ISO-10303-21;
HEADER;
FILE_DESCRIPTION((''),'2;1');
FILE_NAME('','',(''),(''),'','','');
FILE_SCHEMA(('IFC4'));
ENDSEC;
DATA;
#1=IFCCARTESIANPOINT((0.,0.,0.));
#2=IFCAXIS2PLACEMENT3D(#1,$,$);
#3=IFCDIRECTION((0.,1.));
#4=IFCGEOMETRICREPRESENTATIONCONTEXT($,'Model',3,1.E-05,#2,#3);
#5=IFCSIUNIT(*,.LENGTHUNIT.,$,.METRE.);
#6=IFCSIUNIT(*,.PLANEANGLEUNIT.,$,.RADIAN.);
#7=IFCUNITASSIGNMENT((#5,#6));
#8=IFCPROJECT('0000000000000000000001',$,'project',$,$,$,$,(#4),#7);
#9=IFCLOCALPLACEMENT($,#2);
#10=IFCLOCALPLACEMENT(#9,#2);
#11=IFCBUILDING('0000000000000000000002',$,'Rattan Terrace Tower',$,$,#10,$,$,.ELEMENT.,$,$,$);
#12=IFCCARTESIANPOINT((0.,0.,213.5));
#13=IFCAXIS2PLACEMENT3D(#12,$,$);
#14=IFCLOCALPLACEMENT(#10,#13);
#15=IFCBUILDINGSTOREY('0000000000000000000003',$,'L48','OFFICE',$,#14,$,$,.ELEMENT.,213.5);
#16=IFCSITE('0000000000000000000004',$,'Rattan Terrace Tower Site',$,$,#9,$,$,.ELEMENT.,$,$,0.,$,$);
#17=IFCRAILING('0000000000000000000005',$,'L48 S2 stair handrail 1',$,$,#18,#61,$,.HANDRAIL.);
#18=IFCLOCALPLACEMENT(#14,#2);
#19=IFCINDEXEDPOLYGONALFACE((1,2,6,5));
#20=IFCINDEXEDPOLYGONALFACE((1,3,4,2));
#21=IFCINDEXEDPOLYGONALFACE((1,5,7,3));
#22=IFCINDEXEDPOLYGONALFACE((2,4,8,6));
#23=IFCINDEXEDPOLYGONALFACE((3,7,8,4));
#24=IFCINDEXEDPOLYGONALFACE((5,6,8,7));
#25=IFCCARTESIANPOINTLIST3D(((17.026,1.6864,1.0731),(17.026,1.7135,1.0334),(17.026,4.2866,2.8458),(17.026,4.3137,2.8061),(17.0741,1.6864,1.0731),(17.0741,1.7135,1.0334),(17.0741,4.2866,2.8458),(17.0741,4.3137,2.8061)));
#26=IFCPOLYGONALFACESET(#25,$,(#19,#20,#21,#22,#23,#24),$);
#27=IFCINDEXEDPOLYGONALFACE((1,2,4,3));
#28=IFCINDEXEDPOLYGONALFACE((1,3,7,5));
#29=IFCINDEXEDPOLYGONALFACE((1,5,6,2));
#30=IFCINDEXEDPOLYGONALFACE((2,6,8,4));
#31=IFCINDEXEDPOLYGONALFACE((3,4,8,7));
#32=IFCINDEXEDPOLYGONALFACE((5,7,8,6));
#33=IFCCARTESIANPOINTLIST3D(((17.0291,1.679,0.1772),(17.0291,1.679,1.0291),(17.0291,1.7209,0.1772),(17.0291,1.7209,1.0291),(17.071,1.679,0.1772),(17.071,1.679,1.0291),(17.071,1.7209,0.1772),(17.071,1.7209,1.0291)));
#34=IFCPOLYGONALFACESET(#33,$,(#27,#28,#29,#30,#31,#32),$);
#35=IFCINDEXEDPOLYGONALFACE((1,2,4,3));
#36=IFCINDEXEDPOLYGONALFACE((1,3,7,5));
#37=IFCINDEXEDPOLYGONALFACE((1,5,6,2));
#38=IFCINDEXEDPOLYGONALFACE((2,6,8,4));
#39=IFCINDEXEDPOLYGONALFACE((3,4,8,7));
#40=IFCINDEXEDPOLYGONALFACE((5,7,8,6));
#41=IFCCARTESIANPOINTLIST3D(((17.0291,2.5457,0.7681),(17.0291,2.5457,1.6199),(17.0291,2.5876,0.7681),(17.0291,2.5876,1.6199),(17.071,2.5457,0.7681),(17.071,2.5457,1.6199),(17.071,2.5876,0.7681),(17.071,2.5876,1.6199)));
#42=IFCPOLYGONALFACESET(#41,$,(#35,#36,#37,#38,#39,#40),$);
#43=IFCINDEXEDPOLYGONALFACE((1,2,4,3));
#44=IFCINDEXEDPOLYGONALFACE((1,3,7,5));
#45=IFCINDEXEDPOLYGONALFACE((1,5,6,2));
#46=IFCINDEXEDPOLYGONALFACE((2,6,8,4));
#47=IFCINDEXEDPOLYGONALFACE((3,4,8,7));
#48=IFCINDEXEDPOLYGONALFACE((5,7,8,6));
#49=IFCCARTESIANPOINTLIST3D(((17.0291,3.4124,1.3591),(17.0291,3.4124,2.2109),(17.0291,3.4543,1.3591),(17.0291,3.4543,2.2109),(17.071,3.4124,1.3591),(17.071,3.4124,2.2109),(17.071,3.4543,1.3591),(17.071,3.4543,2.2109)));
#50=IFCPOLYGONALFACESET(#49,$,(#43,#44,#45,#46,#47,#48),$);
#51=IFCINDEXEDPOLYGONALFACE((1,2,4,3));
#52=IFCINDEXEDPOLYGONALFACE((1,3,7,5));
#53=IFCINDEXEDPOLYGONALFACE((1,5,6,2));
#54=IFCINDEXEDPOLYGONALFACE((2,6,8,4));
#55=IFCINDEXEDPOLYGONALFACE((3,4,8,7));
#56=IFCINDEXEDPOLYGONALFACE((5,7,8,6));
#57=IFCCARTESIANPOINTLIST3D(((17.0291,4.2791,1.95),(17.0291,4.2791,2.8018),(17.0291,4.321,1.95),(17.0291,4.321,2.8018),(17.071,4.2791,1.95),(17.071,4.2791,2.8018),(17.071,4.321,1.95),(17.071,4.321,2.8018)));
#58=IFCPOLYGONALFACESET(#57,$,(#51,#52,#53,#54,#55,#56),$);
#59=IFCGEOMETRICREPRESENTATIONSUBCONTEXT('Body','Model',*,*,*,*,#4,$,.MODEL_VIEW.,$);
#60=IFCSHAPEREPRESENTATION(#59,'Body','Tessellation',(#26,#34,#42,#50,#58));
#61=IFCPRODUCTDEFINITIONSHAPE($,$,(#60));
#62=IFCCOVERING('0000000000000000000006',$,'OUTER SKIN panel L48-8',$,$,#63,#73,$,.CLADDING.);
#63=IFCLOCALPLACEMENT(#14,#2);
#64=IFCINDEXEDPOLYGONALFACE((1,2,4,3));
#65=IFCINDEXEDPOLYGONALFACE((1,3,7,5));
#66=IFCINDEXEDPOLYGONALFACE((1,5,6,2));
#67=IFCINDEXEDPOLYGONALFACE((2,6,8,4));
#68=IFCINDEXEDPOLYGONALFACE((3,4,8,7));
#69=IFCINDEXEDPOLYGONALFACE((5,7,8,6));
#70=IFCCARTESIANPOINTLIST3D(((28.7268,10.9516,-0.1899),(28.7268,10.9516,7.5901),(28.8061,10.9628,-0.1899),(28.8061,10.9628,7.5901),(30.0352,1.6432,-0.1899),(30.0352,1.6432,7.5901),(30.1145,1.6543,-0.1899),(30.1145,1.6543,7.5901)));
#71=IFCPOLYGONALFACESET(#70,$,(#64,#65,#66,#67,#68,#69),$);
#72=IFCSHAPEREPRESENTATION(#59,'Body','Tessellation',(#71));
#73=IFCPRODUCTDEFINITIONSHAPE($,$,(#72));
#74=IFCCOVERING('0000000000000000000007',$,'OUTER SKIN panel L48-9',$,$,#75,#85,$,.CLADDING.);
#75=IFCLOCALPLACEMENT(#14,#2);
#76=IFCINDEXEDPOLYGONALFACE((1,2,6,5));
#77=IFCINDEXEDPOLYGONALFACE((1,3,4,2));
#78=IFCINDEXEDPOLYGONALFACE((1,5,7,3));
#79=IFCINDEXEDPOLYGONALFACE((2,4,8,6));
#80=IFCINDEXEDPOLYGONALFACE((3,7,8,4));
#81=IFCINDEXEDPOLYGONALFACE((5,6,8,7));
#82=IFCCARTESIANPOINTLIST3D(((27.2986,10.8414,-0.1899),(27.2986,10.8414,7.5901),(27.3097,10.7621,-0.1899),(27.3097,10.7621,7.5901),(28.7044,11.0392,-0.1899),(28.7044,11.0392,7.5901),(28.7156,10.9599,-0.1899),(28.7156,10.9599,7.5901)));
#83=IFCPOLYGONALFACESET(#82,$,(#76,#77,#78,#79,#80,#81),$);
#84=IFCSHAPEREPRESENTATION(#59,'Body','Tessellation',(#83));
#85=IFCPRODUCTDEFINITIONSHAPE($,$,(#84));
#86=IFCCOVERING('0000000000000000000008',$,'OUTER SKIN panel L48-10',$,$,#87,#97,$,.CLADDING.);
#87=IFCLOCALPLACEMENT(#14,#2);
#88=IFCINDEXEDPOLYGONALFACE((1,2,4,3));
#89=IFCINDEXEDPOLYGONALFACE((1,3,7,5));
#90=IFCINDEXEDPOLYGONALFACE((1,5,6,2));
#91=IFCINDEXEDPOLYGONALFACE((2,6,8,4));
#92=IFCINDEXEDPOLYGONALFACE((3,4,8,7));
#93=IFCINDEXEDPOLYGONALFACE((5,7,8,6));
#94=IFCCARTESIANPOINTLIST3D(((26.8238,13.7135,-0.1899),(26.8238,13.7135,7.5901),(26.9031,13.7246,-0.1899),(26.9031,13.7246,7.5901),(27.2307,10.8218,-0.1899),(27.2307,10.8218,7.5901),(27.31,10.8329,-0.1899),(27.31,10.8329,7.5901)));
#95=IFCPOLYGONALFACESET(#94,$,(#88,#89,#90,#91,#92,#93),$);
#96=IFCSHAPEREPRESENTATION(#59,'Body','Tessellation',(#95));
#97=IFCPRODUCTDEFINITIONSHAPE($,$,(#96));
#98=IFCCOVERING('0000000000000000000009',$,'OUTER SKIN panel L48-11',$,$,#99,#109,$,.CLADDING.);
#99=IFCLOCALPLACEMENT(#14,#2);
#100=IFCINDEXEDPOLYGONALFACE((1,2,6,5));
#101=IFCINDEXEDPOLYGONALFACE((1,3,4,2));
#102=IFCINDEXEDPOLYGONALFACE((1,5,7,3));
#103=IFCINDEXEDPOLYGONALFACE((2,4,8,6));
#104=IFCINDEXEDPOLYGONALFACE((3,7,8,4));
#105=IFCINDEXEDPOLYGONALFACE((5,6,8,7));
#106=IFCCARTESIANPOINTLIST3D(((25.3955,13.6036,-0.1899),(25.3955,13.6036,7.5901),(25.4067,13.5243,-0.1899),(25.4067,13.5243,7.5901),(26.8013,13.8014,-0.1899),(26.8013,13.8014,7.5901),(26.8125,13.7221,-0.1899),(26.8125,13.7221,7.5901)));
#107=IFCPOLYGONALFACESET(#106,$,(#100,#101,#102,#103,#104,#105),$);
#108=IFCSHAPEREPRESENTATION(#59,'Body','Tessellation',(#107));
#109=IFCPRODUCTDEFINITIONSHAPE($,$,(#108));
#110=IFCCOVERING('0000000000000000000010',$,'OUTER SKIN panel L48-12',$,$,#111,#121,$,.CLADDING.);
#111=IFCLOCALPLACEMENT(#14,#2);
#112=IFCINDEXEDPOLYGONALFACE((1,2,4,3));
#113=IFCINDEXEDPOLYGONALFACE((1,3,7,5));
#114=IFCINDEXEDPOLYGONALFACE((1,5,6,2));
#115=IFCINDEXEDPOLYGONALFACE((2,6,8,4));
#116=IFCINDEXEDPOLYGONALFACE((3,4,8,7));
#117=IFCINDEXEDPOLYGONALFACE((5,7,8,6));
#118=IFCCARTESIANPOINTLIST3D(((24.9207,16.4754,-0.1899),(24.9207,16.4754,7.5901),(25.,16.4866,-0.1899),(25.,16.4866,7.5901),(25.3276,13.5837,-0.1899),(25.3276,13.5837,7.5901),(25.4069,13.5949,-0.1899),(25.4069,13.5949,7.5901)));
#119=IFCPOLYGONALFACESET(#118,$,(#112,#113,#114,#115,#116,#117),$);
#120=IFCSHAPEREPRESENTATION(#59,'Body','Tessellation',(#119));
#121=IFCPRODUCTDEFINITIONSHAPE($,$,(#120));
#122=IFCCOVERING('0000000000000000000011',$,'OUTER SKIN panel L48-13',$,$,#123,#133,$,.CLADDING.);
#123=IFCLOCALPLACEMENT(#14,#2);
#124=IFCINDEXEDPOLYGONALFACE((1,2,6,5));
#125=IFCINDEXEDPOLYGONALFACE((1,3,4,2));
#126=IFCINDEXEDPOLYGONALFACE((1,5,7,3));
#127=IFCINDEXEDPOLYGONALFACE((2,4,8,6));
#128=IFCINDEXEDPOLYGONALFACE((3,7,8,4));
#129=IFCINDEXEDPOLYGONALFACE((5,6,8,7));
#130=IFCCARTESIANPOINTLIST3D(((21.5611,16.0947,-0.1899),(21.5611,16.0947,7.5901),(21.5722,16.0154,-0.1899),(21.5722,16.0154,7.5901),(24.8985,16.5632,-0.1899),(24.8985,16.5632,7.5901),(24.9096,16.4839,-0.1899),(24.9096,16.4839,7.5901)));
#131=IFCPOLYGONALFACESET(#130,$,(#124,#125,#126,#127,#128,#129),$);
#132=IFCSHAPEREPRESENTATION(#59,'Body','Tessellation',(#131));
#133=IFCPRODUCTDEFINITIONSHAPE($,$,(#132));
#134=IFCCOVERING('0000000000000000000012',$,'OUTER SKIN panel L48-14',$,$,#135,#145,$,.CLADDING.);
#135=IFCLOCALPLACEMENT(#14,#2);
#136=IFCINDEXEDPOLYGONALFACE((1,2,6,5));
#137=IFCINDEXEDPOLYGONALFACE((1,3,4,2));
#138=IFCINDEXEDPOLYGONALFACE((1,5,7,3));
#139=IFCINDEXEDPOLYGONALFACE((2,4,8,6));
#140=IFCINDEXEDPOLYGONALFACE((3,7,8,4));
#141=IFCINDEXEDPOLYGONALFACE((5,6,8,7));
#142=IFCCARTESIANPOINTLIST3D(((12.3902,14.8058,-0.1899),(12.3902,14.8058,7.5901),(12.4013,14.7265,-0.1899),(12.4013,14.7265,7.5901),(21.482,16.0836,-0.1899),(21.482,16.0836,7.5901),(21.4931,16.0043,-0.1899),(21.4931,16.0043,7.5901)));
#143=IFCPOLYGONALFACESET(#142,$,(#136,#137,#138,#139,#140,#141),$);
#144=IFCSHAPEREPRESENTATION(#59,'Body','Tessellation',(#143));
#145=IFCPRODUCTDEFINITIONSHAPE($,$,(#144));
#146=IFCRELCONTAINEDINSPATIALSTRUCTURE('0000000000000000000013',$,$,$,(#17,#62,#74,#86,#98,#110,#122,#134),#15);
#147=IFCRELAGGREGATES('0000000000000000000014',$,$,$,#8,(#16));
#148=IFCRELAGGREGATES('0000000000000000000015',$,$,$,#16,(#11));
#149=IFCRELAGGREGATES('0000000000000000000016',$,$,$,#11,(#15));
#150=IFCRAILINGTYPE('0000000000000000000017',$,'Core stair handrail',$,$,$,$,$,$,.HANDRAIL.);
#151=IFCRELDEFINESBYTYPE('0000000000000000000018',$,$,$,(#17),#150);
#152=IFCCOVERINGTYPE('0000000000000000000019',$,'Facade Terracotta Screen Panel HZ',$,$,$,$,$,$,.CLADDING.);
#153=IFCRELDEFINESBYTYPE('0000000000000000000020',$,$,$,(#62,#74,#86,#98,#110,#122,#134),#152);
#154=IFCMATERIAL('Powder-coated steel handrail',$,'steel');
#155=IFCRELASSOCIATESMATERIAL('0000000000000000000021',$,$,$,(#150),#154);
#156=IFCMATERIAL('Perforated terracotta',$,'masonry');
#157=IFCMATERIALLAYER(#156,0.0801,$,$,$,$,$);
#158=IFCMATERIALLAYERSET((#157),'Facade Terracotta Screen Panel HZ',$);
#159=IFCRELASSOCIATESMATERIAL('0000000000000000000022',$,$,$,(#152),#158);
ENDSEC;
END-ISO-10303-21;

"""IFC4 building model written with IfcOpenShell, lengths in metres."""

from ifc_helpers import new_model, si_unit, direction, frame, origin, origin_2d, place, context, subcontext, project, spatial, rectangle, extrude, material, layer, layer_set, type_object, element, save


model = new_model("IFC4")

# Units and contexts
model_context = context("Model", 3, precision=1e-05, world=origin(), true_north=direction((0.0, 1.0)))
body_context = subcontext(model_context, "Body", "Model", "MODEL_VIEW")
ifc_project = project(units=[si_unit("LENGTHUNIT", "METRE"), si_unit("PLANEANGLEUNIT", "RADIAN")], contexts=[model_context])

# Site, building, storey
site_placement = place(None, origin())
site = spatial("IfcSite", under=ifc_project, at=site_placement, Name="Rattan Terrace Tower Site", CompositionType="ELEMENT", RefElevation=0.0)
building_placement = place(site_placement, origin())
building = spatial("IfcBuilding", under=site, at=building_placement, Name="Rattan Terrace Tower", CompositionType="ELEMENT")
storey_placement = place(building_placement, frame((0.0, 0.0, 213.5)))
storey = spatial("IfcBuildingStorey", under=building, at=storey_placement, Name="L48", Description="OFFICE", CompositionType="ELEMENT", Elevation=213.5)

# Railing
ifc_material_1 = material(Name="Powder-coated steel handrail", Category="steel")
railing_type_1 = type_object("IfcRailingType", Name="Core stair handrail", PredefinedType="HANDRAIL", material=ifc_material_1)
railing_1_placement = place(storey_placement, frame((17.05, 1.7, 0.1772)))
element("IfcRailing", 1, at=railing_1_placement, inside=storey, type_object=railing_type_1, Name="L48 S2 stair handrail 1", PredefinedType="HANDRAIL", context=body_context, shape_type="SweptSolid", body=[
    extrude(rectangle(XDim=0.0481, YDim=0.0481, at=origin_2d()), frame((0.0, 0.0, 0.876), z_axis=(0.0, 0.82624, 0.563318), x_axis=(-1.0, 0.0, 0.0)), (0.0, 0.0, 1.0), 3.147),
    extrude(rectangle(XDim=0.042, YDim=0.042, at=origin_2d()), origin(), (0.0, 0.0, 1.0), 0.8518),
    extrude(rectangle(XDim=0.042, YDim=0.042, at=origin_2d()), frame((0.0, 0.8667, 0.5908)), (0.0, 0.0, 1.0), 0.8518),
    extrude(rectangle(XDim=0.042, YDim=0.042, at=origin_2d()), frame((0.0, 1.7334, 1.1819)), (0.0, 0.0, 1.0), 0.8518),
    extrude(rectangle(XDim=0.042, YDim=0.042, at=origin_2d()), frame((0.0, 2.6001, 1.7727)), (0.0, 0.0, 1.0), 0.8518),
])

# Coverings
ifc_material_2 = material(Name="Perforated terracotta", Category="masonry")
ifc_layer_1 = layer(ifc_material_2, 0.0801)
ifc_layer_set_1 = layer_set([ifc_layer_1], Name="Facade Terracotta Screen Panel HZ")
covering_type = type_object("IfcCoveringType", Name="Facade Terracotta Screen Panel HZ", PredefinedType="CLADDING", material=ifc_layer_set_1)
covering_1_placement = place(storey_placement, frame((29.4207, 6.303, -0.1899), z_axis=(0.0, 0.0, 1.0), x_axis=(-0.139186, 0.990266, 0.0)))
element("IfcCovering", 2, at=covering_1_placement, inside=storey, type_object=covering_type, Name="OUTER SKIN panel L48-8", PredefinedType="CLADDING", context=body_context, shape_type="SweptSolid", body=[
    extrude(rectangle(XDim=9.3999, YDim=0.0801, at=origin_2d()), origin(), (0.0, 0.0, 1.0), 7.78),
])
covering_2_placement = place(storey_placement, frame((28.0071, 10.9006, -0.1899), z_axis=(0.0, 0.0, 1.0), x_axis=(-0.990241, -0.139367, 0.0)))
element("IfcCovering", 3, at=covering_2_placement, inside=storey, type_object=covering_type, Name="OUTER SKIN panel L48-9", PredefinedType="CLADDING", context=body_context, shape_type="SweptSolid", body=[
    extrude(rectangle(XDim=1.4197, YDim=0.0801, at=origin_2d()), origin(), (0.0, 0.0, 1.0), 7.78),
])
covering_3_placement = place(storey_placement, frame((27.0669, 12.2732, -0.1899), z_axis=(0.0, 0.0, 1.0), x_axis=(-0.139321, 0.990247, 0.0)))
element("IfcCovering", 4, at=covering_3_placement, inside=storey, type_object=covering_type, Name="OUTER SKIN panel L48-10", PredefinedType="CLADDING", context=body_context, shape_type="SweptSolid", body=[
    extrude(rectangle(XDim=2.9202, YDim=0.0801, at=origin_2d()), origin(), (0.0, 0.0, 1.0), 7.78),
])
covering_4_placement = place(storey_placement, frame((26.104, 13.6628, -0.1899), z_axis=(0.0, 0.0, 1.0), x_axis=(-0.990241, -0.139367, 0.0)))
element("IfcCovering", 5, at=covering_4_placement, inside=storey, type_object=covering_type, Name="OUTER SKIN panel L48-11", PredefinedType="CLADDING", context=body_context, shape_type="SweptSolid", body=[
    extrude(rectangle(XDim=1.4197, YDim=0.0801, at=origin_2d()), origin(), (0.0, 0.0, 1.0), 7.78),
])
covering_5_placement = place(storey_placement, frame((25.1638, 15.0352, -0.1899), z_axis=(0.0, 0.0, 1.0), x_axis=(-0.139321, 0.990247, 0.0)))
element("IfcCovering", 6, at=covering_5_placement, inside=storey, type_object=covering_type, Name="OUTER SKIN panel L48-12", PredefinedType="CLADDING", context=body_context, shape_type="SweptSolid", body=[
    extrude(rectangle(XDim=2.9202, YDim=0.0801, at=origin_2d()), origin(), (0.0, 0.0, 1.0), 7.78),
])
covering_6_placement = place(storey_placement, frame((23.2354, 16.2893, -0.1899), z_axis=(0.0, 0.0, 1.0), x_axis=(-0.990293, -0.138994, 0.0)))
element("IfcCovering", 7, at=covering_6_placement, inside=storey, type_object=covering_type, Name="OUTER SKIN panel L48-13", PredefinedType="CLADDING", context=body_context, shape_type="SweptSolid", body=[
    extrude(rectangle(XDim=3.3701, YDim=0.0801, at=origin_2d()), origin(), (0.0, 0.0, 1.0), 7.78),
])
covering_7_placement = place(storey_placement, frame((16.9417, 15.405, -0.1899), z_axis=(0.0, 0.0, 1.0), x_axis=(-0.990267, -0.139177, 0.0)))
element("IfcCovering", 8, at=covering_7_placement, inside=storey, type_object=covering_type, Name="OUTER SKIN panel L48-14", PredefinedType="CLADDING", context=body_context, shape_type="SweptSolid", body=[
    extrude(rectangle(XDim=9.1812, YDim=0.0801, at=origin_2d()), origin(), (0.0, 0.0, 1.0), 7.78),
])

save(model, "model.ifc")
